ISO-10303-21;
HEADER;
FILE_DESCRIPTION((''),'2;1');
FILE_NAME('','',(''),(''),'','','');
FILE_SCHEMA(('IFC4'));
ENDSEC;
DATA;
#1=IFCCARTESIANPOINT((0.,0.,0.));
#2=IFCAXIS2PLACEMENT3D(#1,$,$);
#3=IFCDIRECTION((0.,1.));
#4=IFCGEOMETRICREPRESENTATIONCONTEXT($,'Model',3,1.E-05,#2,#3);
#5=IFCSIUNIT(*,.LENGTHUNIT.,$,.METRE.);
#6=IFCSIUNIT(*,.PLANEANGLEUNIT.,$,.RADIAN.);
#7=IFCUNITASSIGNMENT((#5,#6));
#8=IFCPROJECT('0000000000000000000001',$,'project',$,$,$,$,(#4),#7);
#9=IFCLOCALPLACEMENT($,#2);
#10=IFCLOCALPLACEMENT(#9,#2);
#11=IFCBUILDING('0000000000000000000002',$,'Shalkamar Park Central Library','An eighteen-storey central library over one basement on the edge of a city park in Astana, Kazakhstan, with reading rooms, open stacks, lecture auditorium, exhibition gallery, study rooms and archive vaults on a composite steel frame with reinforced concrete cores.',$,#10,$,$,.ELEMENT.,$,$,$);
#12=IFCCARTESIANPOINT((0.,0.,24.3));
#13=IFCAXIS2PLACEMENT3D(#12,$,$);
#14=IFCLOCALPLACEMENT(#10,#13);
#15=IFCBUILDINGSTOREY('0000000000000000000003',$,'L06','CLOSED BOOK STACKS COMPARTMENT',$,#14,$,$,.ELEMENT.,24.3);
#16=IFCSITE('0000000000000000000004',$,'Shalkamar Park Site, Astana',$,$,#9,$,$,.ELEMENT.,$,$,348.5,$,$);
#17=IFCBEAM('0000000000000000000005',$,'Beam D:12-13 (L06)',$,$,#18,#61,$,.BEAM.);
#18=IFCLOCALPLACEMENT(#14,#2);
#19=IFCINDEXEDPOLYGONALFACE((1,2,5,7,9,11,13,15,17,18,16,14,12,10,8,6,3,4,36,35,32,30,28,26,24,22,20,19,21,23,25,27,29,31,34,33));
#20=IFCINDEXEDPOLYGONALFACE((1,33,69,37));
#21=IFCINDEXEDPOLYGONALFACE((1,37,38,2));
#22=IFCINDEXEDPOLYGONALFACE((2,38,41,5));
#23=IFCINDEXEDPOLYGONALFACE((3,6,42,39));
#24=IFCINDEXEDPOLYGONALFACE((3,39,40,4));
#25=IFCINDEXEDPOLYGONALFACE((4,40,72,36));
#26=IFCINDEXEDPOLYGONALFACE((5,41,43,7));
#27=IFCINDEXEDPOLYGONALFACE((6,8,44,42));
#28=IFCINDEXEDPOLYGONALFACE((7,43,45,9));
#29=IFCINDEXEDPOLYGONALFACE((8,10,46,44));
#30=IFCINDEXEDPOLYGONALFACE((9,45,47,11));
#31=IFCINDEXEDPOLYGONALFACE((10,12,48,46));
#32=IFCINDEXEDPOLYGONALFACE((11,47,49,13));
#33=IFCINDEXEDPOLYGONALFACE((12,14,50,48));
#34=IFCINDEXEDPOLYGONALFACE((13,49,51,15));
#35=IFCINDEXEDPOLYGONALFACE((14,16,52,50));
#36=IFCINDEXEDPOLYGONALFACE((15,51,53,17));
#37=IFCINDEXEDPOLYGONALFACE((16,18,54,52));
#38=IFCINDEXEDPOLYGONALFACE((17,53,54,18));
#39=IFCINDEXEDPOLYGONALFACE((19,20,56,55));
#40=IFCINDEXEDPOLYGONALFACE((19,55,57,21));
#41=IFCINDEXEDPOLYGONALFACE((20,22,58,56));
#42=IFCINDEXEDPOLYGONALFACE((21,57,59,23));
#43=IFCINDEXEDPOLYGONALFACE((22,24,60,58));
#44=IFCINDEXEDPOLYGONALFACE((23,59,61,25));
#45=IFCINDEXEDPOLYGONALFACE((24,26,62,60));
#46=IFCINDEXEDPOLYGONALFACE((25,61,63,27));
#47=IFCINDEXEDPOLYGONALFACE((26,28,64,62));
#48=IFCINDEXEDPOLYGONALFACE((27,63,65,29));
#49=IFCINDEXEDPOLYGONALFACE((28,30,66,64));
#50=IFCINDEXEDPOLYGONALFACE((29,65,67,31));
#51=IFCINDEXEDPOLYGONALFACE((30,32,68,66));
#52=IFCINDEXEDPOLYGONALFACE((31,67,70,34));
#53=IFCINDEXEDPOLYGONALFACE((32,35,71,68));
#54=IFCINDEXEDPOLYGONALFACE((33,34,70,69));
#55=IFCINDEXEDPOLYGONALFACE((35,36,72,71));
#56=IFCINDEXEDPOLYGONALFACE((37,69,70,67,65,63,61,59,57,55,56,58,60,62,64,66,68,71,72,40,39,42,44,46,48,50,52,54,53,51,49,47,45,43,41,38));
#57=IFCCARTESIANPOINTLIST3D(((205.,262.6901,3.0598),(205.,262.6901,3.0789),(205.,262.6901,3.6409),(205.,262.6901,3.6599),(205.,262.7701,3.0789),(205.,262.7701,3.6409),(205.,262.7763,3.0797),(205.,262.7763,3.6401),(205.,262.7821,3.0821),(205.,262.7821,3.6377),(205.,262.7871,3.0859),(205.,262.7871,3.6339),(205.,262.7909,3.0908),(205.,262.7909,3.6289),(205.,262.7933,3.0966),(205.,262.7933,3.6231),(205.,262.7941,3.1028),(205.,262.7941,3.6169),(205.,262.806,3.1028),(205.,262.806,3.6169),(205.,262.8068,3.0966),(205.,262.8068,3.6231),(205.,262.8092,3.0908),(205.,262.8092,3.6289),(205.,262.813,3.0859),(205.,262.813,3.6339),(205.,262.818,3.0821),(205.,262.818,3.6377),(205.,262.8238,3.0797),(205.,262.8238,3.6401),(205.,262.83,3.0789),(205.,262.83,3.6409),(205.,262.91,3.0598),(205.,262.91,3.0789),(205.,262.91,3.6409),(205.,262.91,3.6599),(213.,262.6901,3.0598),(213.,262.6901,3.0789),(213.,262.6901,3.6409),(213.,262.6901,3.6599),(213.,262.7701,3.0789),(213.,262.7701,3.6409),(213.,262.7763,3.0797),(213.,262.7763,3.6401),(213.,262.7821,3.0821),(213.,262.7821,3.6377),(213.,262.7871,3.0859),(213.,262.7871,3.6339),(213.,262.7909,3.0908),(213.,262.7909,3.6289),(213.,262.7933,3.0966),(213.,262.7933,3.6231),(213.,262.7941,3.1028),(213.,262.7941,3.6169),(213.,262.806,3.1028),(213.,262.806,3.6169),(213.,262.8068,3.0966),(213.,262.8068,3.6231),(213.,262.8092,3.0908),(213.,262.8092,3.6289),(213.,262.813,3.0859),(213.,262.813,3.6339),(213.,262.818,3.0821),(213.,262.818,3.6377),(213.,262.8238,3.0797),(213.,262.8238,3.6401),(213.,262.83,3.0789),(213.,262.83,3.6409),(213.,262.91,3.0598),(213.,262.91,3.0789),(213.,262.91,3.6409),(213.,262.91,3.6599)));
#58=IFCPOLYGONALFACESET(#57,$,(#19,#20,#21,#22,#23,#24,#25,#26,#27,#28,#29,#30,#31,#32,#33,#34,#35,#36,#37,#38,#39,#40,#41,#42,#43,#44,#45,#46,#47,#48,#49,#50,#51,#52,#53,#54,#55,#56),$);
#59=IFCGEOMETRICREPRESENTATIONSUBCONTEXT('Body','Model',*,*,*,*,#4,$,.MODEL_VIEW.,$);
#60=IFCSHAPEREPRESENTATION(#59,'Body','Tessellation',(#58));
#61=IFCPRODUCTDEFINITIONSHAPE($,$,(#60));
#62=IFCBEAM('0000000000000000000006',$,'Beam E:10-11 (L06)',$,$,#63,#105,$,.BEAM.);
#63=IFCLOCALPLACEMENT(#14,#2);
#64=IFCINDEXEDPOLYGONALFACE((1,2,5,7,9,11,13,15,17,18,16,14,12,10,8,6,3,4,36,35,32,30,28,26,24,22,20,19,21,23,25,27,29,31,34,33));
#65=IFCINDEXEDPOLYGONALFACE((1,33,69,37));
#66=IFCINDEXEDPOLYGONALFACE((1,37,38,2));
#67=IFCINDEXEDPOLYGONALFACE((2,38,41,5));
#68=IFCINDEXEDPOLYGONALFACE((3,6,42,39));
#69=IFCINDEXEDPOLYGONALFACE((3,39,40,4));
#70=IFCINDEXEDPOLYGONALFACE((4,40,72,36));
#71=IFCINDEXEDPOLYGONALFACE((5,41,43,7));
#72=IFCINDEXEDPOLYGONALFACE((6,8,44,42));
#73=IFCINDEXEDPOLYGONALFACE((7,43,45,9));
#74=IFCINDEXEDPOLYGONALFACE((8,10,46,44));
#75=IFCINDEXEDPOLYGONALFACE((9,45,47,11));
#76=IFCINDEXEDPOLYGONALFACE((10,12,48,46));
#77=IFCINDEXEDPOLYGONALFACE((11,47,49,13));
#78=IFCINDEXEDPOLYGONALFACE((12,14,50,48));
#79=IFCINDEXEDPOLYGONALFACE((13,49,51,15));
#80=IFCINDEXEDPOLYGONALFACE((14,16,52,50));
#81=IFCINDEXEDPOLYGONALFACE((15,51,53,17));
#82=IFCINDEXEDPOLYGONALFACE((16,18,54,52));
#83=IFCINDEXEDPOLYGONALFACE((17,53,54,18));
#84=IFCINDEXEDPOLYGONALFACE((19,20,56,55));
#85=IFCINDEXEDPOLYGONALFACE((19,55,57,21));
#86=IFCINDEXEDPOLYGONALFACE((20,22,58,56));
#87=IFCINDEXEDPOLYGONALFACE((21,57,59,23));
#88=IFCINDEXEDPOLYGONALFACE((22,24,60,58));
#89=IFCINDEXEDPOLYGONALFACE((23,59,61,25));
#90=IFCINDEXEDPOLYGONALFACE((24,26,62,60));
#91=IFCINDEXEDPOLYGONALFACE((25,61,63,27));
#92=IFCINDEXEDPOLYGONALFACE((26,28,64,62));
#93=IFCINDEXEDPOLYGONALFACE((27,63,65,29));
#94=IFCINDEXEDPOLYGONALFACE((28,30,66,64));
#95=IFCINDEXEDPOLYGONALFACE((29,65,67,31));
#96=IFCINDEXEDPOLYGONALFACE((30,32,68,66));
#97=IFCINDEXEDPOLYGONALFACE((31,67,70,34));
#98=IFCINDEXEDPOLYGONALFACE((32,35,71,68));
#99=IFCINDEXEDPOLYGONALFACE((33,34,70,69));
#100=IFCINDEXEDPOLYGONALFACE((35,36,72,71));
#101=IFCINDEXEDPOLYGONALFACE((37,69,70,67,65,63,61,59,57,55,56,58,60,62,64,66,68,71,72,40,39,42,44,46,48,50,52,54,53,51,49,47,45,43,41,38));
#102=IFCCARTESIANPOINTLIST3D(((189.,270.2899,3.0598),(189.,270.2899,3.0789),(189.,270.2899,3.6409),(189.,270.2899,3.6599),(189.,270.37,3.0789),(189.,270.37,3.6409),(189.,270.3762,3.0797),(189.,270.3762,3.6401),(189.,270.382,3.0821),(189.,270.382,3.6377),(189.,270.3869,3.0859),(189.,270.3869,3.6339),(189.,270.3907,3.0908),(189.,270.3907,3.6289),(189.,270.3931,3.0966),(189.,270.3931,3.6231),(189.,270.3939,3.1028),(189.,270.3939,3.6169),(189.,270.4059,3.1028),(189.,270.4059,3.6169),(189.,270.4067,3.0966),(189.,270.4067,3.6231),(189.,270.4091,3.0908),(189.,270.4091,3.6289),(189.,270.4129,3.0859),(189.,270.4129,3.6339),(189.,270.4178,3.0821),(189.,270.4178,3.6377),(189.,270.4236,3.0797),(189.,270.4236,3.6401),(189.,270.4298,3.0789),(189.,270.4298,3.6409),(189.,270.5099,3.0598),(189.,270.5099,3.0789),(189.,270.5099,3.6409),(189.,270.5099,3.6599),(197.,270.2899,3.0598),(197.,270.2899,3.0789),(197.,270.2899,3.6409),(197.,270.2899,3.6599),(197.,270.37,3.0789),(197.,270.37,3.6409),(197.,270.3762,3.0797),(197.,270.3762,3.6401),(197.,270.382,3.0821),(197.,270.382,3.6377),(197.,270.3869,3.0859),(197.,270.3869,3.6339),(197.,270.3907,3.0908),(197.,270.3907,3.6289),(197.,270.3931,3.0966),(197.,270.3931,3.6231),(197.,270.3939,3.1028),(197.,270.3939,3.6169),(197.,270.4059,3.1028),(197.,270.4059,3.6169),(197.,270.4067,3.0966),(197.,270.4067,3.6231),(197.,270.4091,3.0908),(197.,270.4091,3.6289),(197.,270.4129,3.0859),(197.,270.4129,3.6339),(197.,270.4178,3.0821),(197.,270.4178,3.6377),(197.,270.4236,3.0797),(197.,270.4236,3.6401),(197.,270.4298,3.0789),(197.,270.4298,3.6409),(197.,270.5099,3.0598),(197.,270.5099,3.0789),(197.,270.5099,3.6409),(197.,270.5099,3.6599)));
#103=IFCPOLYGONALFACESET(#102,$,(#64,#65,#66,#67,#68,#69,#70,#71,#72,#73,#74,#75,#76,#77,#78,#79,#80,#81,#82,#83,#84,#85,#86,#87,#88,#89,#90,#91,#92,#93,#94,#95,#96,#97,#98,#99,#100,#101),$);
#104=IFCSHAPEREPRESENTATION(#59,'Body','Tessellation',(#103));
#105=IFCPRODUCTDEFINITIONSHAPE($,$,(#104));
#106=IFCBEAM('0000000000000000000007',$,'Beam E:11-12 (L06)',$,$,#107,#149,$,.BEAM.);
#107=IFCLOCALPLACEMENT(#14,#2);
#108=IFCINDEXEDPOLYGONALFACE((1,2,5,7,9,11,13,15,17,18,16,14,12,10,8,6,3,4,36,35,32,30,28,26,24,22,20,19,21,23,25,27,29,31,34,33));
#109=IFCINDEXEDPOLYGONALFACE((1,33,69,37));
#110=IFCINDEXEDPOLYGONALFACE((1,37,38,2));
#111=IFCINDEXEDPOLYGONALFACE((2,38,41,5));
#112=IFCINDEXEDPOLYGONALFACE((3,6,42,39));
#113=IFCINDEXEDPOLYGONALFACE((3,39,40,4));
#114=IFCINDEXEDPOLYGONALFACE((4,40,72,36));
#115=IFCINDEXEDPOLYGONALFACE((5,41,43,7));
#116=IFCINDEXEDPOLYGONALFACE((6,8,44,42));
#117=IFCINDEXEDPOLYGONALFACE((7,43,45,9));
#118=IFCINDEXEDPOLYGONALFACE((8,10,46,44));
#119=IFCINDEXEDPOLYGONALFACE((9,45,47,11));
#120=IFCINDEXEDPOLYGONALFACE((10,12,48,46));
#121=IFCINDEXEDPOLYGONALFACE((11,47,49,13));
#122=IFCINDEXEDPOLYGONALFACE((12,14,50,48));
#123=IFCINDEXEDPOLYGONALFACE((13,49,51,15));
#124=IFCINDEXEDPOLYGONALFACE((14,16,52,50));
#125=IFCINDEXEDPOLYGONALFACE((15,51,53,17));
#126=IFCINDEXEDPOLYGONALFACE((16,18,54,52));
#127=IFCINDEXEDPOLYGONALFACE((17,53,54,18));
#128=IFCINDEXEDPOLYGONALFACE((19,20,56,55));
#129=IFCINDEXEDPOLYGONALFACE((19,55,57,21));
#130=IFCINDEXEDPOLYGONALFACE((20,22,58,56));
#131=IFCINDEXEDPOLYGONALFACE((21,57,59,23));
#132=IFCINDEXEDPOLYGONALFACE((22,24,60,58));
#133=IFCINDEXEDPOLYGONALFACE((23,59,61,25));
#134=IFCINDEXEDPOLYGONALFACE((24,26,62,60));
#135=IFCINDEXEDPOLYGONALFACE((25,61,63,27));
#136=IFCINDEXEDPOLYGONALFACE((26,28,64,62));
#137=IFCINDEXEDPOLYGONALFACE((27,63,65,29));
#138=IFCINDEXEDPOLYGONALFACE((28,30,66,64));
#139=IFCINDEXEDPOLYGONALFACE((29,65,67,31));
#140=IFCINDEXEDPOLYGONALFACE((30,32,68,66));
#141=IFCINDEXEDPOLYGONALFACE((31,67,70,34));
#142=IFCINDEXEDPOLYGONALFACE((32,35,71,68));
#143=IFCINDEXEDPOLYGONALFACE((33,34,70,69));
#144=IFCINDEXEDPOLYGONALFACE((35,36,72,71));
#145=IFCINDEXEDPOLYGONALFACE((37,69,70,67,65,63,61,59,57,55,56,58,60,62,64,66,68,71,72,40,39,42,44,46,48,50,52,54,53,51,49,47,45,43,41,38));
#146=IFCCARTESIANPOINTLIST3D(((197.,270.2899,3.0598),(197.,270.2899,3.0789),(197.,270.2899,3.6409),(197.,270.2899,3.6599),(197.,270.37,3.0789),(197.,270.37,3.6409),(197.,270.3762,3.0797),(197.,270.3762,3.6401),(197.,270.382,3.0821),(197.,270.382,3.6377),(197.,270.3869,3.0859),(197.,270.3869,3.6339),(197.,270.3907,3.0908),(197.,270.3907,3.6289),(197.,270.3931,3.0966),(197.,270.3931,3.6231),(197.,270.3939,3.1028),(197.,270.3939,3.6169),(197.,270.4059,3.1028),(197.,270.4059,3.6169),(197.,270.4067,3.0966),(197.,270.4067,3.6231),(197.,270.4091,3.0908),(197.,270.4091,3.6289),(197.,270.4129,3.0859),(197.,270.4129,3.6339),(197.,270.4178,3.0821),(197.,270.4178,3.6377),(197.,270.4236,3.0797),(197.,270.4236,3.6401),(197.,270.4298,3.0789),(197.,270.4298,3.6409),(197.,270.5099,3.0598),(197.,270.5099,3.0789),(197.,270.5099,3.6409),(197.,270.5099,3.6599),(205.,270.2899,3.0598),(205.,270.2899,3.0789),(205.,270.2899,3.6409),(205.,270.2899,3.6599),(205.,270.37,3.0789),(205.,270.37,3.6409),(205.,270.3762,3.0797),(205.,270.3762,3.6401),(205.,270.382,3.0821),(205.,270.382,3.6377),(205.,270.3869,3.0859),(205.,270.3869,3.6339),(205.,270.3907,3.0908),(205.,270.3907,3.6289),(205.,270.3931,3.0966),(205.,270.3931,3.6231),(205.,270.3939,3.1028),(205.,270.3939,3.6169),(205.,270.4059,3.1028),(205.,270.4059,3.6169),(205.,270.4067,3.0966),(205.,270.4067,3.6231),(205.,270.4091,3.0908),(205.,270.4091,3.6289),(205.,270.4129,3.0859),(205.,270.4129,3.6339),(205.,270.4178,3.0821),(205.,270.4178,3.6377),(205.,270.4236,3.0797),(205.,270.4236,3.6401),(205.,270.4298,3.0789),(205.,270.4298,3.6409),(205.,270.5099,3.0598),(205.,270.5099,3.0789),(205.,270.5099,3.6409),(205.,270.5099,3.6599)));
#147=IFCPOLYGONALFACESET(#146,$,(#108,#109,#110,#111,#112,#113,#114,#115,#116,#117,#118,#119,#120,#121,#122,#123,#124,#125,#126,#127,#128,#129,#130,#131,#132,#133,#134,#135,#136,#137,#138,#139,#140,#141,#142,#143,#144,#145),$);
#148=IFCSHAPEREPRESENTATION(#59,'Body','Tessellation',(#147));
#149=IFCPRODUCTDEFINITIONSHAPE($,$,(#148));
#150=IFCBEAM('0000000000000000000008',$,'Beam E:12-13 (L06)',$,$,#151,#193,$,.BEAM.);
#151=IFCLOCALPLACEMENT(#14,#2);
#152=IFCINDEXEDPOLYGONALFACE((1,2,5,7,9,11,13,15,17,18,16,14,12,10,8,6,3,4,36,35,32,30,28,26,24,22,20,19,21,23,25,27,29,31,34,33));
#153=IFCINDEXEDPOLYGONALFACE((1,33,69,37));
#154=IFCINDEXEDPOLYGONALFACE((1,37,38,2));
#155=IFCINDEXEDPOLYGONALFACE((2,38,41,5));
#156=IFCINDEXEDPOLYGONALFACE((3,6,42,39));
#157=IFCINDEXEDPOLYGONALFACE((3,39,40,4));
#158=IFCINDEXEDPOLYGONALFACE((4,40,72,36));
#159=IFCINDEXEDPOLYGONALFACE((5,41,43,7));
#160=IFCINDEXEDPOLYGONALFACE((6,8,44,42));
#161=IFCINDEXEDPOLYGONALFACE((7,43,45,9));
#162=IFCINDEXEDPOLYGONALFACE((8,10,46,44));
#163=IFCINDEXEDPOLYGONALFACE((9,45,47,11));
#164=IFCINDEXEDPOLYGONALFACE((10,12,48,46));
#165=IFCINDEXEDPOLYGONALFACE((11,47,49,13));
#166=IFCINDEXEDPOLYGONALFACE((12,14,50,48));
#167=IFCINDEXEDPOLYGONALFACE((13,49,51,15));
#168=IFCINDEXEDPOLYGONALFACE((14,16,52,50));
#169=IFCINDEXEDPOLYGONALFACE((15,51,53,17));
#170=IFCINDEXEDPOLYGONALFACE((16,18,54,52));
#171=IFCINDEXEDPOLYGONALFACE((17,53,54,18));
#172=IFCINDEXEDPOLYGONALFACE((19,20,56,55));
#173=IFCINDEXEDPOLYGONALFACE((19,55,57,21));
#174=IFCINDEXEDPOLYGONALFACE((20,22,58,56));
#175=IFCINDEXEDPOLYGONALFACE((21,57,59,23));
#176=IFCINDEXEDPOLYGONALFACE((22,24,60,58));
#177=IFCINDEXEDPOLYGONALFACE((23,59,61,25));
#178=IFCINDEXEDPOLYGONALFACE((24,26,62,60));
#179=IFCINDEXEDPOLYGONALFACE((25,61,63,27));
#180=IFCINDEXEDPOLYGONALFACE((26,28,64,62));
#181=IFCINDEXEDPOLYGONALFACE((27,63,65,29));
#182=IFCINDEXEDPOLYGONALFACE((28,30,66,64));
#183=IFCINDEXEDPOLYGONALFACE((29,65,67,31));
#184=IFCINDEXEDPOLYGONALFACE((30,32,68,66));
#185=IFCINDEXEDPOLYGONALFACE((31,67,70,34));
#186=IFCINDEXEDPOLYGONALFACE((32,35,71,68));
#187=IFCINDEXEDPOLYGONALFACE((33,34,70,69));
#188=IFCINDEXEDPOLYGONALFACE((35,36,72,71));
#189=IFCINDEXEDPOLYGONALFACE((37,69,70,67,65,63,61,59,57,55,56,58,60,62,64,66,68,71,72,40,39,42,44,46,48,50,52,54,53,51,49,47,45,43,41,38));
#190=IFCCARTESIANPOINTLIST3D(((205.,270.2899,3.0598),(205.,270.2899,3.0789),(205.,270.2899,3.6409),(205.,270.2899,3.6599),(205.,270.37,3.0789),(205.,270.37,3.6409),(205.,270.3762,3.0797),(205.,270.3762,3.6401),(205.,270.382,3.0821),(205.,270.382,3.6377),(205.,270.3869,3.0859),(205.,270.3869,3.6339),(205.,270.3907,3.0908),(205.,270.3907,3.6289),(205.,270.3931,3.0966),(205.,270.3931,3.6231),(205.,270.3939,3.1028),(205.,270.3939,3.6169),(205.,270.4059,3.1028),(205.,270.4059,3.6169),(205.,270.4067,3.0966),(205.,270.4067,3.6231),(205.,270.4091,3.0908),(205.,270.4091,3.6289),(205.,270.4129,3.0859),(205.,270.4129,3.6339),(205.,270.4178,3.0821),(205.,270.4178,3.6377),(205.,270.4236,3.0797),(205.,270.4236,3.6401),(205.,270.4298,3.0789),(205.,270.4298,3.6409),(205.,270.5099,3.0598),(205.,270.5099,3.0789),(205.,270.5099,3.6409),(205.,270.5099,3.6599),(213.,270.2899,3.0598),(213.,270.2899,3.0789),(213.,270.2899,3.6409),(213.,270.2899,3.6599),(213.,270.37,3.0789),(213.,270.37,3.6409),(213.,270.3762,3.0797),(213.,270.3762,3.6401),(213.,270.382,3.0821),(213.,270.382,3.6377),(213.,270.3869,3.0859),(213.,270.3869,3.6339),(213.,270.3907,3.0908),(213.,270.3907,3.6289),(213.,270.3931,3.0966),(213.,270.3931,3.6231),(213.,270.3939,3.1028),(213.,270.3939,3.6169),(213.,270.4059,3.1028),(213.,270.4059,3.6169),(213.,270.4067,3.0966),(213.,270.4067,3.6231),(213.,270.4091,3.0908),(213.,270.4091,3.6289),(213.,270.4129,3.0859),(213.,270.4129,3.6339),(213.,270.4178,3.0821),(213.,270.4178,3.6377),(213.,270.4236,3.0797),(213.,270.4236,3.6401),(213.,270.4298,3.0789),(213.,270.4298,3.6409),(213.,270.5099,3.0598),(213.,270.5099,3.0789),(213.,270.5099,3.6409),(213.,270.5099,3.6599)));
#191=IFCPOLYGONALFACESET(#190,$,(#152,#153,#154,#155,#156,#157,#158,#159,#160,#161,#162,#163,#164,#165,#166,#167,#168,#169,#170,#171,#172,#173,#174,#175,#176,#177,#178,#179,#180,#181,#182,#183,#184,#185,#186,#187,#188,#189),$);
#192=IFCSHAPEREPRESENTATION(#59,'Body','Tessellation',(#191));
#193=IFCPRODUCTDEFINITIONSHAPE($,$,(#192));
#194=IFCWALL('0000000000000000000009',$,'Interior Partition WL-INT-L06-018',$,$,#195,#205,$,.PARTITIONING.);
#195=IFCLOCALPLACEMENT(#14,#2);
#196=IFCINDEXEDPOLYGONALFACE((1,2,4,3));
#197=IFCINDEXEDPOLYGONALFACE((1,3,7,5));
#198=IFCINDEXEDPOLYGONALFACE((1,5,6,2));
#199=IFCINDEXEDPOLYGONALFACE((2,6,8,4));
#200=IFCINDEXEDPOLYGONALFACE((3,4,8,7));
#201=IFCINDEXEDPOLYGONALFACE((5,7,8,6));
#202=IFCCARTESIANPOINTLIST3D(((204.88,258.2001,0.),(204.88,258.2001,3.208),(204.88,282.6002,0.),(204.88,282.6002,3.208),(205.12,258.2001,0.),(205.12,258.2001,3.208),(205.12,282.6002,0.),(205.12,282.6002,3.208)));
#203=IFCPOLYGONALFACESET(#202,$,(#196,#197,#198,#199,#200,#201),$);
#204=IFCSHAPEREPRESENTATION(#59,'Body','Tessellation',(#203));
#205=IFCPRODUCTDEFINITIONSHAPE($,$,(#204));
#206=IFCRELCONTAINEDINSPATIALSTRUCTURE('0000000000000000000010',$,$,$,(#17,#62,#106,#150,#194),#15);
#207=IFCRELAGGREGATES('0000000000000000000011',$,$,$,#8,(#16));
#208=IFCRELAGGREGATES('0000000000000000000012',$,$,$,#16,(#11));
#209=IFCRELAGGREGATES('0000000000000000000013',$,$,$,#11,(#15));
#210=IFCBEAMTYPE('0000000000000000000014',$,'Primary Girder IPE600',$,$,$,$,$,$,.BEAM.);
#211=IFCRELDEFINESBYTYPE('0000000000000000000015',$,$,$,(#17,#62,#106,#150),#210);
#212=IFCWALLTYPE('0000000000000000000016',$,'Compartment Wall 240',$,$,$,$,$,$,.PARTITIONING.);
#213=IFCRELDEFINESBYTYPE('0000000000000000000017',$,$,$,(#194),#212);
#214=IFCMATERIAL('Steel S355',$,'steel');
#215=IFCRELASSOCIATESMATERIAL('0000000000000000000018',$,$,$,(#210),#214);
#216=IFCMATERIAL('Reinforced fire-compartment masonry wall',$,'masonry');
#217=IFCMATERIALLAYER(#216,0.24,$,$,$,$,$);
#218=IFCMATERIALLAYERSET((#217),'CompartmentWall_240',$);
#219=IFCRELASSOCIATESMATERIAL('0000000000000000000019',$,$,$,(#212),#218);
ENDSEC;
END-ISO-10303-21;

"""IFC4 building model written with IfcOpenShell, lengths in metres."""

from ifc_helpers import new_model, si_unit, direction, frame, frame_2d, origin, origin_2d, place, context, subcontext, project, spatial, rectangle, i_section, extrude, material, layer, layer_set, material_profile, profile_set, type_object, element, save


model = new_model("IFC4")

# Units and contexts
model_context = context("Model", 3, precision=1e-05, world=origin(), true_north=direction((0.0, 1.0)))
body_context = subcontext(model_context, "Body", "Model", "MODEL_VIEW")
ifc_project = project(units=[si_unit("LENGTHUNIT", "METRE"), si_unit("PLANEANGLEUNIT", "RADIAN")], contexts=[model_context])

# Site, building, storey
site_placement = place(None, origin())
site = spatial("IfcSite", under=ifc_project, at=site_placement, Name="Shalkamar Park Site, Astana", CompositionType="ELEMENT", RefElevation=348.5)
building_placement = place(site_placement, origin())
building = spatial("IfcBuilding", under=site, at=building_placement, Name="Shalkamar Park Central Library", Description="An eighteen-storey central library over one basement on the edge of a city park in Astana, Kazakhstan, with reading rooms, open stacks, lecture auditorium, exhibition gallery, study rooms and archive vaults on a composite steel frame with reinforced concrete cores.", CompositionType="ELEMENT")
storey_placement = place(building_placement, frame((0.0, 0.0, 24.3)))
storey = spatial("IfcBuildingStorey", under=building, at=storey_placement, Name="L06", Description="CLOSED BOOK STACKS COMPARTMENT", CompositionType="ELEMENT", Elevation=24.3)

# Shared definitions
ifc_material_1 = material(Name="Steel S355", Category="steel")

# Beams
ifc_material_profile_1 = material_profile(ifc_material_1, i_section(OverallWidth=0.22, OverallDepth=0.6001, WebThickness=0.012, FlangeThickness=0.019, FilletRadius=0.0239, at=origin_2d()), Name="IPE 600")
ifc_profile_set_1 = profile_set([ifc_material_profile_1], Name="Steel S355")
beam_type_1 = type_object("IfcBeamType", Name="Primary Girder IPE600", PredefinedType="BEAM", material=ifc_profile_set_1)
for number, where, z_axis, x_axis, name in (
    (1, (205.0, 262.8, 3.3599), (1.0, 0.0, 0.0), (0.0, 1.0, 0.0), "Beam D:12-13 (L06)"),
    (2, (189.0, 270.3999, 3.3599), (1.0, 0.0, 0.0), (0.0, 1.0, 0.0), "Beam E:10-11 (L06)"),
    (3, (197.0, 270.3999, 3.3599), (1.0, 0.0, 0.0), (0.0, 1.0, 0.0), "Beam E:11-12 (L06)"),
    (4, (205.0, 270.3999, 3.3599), (1.0, 0.0, 0.0), (0.0, 1.0, 0.0), "Beam E:12-13 (L06)"),
):
    element("IfcBeam", number, at=place(storey_placement, frame(where, z_axis=z_axis, x_axis=x_axis)), inside=storey, type_object=beam_type_1, Name=name, PredefinedType="BEAM", context=body_context, shape_type="SweptSolid", body=[
        extrude(i_section(OverallWidth=0.22, OverallDepth=0.6001, WebThickness=0.012, FlangeThickness=0.019, FilletRadius=0.0239, at=origin_2d()), origin(), (0.0, 0.0, 1.0), 8.0),
    ])

# Wall
ifc_material_2 = material(Name="Reinforced fire-compartment masonry wall", Category="masonry")
ifc_layer_1 = layer(ifc_material_2, 0.24)
ifc_layer_set_1 = layer_set([ifc_layer_1], Name="CompartmentWall_240")
wall_type_1 = type_object("IfcWallType", Name="Compartment Wall 240", PredefinedType="PARTITIONING", material=ifc_layer_set_1)
wall_1_placement = place(storey_placement, frame((205.0, 258.2, 0.0), z_axis=(0.0, 0.0, 1.0), x_axis=(0.0, 1.0, 0.0)))
element("IfcWall", 5, at=wall_1_placement, inside=storey, type_object=wall_type_1, Name="Interior Partition WL-INT-L06-018", PredefinedType="PARTITIONING", context=body_context, shape_type="SweptSolid", body=[
    extrude(rectangle(XDim=24.4001, YDim=0.24, at=frame_2d((12.2002, 0.0))), origin(), (0.0, 0.0, 1.0), 3.208),
])

save(model, "model.ifc")
